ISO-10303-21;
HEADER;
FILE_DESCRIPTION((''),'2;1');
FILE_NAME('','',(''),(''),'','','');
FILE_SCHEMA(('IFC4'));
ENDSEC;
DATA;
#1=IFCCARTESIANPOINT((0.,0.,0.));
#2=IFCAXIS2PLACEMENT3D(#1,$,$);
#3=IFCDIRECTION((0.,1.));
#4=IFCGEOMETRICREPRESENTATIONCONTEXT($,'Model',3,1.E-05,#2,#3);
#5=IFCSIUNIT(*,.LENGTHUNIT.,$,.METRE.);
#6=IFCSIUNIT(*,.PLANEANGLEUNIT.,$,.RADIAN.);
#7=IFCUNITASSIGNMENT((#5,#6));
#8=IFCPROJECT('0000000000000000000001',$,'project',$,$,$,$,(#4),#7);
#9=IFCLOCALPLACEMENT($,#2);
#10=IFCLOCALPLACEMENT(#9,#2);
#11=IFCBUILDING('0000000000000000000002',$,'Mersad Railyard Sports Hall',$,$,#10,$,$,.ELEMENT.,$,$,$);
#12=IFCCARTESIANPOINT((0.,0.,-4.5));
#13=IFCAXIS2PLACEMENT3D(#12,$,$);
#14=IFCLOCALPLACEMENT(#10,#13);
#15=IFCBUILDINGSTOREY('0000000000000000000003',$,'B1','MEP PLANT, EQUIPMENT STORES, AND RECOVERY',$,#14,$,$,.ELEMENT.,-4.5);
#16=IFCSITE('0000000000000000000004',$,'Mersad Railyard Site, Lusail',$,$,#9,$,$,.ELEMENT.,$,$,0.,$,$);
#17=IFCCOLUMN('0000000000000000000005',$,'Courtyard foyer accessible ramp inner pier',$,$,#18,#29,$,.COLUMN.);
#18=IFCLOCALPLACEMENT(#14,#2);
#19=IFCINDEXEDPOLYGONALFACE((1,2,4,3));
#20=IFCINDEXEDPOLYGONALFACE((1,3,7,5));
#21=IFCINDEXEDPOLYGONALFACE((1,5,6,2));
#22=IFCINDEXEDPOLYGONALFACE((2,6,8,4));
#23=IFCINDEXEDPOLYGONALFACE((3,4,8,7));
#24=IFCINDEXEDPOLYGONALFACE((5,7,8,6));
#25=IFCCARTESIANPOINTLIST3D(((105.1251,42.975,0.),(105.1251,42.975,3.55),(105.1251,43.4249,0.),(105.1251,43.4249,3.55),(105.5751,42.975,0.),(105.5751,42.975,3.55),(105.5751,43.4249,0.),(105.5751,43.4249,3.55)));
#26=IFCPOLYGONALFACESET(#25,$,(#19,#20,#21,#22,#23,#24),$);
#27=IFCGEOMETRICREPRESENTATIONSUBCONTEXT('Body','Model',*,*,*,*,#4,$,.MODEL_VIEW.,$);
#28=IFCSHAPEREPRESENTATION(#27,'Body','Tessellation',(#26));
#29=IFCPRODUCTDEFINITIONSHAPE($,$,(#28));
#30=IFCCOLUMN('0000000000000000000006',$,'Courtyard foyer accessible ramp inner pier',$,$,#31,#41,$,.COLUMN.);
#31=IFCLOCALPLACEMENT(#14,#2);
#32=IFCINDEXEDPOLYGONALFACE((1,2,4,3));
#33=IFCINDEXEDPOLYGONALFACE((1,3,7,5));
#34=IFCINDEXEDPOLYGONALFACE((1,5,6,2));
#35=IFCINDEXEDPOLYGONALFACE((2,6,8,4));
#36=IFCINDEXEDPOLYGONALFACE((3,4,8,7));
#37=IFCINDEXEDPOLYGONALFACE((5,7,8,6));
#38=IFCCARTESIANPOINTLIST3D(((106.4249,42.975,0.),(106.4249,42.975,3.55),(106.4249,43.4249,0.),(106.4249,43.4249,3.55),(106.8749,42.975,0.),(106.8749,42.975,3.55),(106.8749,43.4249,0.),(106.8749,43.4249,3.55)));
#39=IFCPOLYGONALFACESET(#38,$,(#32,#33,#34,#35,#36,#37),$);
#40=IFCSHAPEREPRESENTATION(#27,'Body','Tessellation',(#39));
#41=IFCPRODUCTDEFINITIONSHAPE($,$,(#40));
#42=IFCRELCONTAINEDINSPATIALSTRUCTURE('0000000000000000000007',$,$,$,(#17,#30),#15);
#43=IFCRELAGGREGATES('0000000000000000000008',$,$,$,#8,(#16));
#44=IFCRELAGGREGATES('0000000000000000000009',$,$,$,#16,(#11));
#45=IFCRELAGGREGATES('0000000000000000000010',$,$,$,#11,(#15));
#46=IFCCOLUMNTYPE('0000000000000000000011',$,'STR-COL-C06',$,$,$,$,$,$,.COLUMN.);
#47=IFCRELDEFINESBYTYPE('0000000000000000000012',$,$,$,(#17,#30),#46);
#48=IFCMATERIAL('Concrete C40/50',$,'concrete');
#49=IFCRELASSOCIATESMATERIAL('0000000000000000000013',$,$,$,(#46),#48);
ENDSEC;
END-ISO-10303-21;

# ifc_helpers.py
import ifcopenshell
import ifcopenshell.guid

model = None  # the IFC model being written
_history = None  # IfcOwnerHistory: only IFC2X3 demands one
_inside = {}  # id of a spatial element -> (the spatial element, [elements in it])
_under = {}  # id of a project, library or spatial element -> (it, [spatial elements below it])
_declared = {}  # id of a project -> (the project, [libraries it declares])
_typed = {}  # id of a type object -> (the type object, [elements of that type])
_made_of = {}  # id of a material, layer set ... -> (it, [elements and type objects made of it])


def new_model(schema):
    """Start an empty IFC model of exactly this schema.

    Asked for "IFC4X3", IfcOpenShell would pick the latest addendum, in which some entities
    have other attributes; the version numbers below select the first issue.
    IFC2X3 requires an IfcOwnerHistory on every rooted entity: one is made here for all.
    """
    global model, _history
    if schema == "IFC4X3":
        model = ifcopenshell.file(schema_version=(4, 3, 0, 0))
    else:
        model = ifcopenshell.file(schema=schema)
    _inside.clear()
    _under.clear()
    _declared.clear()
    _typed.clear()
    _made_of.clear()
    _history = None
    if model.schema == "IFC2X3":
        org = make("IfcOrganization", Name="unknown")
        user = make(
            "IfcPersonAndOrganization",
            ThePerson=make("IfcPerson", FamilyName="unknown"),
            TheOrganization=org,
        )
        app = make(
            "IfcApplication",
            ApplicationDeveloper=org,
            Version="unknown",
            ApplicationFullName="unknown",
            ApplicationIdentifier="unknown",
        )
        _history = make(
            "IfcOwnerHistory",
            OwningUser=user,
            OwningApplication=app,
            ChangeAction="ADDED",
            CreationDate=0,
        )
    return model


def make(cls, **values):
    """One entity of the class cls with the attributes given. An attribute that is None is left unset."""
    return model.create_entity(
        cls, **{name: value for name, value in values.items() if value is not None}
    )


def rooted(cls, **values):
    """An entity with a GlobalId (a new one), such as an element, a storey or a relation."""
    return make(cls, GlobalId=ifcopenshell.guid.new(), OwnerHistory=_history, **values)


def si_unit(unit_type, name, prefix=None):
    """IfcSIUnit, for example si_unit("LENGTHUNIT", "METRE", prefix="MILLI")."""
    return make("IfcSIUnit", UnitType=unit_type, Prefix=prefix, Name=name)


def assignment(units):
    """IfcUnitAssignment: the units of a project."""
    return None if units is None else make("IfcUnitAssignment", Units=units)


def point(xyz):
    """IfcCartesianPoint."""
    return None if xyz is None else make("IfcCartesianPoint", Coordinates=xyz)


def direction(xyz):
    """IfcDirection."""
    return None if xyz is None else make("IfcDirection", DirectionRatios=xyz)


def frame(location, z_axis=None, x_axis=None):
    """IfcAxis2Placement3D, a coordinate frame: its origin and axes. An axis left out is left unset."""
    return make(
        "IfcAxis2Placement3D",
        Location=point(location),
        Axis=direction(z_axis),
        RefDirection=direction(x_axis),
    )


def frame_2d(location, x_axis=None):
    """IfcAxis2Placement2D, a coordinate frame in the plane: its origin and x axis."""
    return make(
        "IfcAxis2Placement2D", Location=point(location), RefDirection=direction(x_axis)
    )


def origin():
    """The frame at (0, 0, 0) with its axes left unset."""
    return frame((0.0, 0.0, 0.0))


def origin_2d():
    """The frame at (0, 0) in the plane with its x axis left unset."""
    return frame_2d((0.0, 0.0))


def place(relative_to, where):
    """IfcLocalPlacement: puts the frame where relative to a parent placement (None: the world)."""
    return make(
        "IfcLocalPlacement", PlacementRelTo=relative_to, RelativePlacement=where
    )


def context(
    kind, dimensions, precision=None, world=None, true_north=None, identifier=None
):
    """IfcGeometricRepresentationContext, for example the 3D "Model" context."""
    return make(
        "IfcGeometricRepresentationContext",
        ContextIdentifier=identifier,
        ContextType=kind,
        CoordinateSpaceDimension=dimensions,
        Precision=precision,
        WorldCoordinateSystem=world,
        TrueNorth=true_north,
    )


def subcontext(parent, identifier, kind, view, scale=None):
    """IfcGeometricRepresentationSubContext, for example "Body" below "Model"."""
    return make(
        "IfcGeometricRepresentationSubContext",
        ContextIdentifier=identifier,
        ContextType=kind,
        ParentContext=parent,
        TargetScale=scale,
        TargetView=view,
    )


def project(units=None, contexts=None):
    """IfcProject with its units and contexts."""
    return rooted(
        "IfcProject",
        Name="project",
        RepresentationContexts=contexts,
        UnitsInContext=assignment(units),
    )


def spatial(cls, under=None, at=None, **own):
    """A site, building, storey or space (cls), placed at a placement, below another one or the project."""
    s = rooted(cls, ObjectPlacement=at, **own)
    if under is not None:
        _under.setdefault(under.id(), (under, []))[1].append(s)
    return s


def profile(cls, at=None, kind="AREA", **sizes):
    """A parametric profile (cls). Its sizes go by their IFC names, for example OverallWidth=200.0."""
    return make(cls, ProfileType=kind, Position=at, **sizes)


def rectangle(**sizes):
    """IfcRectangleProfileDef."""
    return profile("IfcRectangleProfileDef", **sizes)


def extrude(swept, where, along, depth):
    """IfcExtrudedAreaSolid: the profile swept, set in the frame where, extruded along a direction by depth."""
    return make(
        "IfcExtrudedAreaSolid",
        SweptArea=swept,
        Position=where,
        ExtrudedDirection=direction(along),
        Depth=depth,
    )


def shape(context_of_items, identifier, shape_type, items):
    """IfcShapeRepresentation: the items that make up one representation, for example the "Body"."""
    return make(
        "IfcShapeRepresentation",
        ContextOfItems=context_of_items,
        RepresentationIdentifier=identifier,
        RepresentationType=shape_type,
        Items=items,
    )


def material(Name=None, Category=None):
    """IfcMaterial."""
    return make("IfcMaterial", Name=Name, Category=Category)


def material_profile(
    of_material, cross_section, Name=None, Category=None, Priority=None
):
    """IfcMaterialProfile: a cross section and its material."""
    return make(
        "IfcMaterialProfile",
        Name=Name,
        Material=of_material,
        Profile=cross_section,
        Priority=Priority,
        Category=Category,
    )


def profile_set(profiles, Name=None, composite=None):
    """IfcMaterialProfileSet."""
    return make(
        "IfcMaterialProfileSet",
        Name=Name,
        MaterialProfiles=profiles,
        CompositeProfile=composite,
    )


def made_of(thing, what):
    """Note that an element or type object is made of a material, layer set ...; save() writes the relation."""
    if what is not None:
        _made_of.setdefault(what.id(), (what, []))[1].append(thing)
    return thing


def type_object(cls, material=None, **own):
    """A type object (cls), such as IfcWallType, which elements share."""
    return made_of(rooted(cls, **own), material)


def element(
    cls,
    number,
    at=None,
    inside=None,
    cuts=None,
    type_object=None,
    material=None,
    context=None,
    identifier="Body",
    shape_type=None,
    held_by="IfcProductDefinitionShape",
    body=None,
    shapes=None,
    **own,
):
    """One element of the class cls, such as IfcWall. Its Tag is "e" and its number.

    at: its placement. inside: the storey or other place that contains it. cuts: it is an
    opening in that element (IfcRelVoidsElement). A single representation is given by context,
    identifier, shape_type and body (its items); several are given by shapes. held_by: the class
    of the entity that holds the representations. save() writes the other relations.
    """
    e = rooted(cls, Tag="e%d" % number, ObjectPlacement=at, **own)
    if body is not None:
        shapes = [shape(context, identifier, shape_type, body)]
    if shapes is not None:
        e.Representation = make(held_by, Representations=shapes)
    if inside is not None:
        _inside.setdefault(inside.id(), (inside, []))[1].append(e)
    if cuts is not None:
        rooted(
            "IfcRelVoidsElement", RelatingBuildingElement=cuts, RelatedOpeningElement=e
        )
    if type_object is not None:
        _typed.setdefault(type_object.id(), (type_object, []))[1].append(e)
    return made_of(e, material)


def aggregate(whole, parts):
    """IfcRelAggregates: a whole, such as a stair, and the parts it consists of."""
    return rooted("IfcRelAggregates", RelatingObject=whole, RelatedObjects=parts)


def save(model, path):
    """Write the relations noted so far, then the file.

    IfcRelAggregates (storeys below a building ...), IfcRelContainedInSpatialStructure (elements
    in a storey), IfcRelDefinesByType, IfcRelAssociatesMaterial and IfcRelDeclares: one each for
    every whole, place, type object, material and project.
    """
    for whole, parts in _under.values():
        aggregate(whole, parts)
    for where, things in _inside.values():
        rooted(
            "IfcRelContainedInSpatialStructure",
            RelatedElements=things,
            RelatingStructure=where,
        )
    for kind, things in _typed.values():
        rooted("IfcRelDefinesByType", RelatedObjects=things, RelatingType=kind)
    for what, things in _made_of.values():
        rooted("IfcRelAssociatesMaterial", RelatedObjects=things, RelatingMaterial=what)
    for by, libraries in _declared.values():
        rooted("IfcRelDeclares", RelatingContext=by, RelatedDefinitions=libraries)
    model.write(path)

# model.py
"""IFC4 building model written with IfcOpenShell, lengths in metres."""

from ifc_helpers import new_model, si_unit, direction, frame, origin, origin_2d, place, context, subcontext, project, spatial, rectangle, extrude, material, material_profile, profile_set, type_object, element, save


model = new_model("IFC4")

# Units and contexts
model_context = context("Model", 3, precision=1e-05, world=origin(), true_north=direction((0.0, 1.0)))
body_context = subcontext(model_context, "Body", "Model", "MODEL_VIEW")
ifc_project = project(units=[si_unit("LENGTHUNIT", "METRE"), si_unit("PLANEANGLEUNIT", "RADIAN")], contexts=[model_context])

# Site, building, storey
site_placement = place(None, origin())
site = spatial("IfcSite", under=ifc_project, at=site_placement, Name="Mersad Railyard Site, Lusail", CompositionType="ELEMENT", RefElevation=0.0)
building_placement = place(site_placement, origin())
building = spatial("IfcBuilding", under=site, at=building_placement, Name="Mersad Railyard Sports Hall", CompositionType="ELEMENT")
storey_placement = place(building_placement, frame((0.0, 0.0, -4.5)))
storey = spatial("IfcBuildingStorey", under=building, at=storey_placement, Name="B1", Description="MEP PLANT, EQUIPMENT STORES, AND RECOVERY", CompositionType="ELEMENT", Elevation=-4.5)

# Shared definitions
ifc_material_1 = material(Name="Concrete C40/50", Category="concrete")

# Columns
ifc_material_profile_1 = material_profile(ifc_material_1, rectangle(XDim=0.45, YDim=0.45, at=origin_2d()), Name="RC 450x450")
ifc_profile_set_1 = profile_set([ifc_material_profile_1], Name="Concrete C40/50")
column_type_1 = type_object("IfcColumnType", Name="STR-COL-C06", PredefinedType="COLUMN", material=ifc_profile_set_1)
for number, where, z_axis, x_axis, name in (
    (1, (105.3501, 43.2, 0.0), (0.0, 0.0, 1.0), (1.0, 0.0, 0.0), "Courtyard foyer accessible ramp inner pier"),
    (2, (106.6499, 43.2, 0.0), (0.0, 0.0, 1.0), (1.0, 0.0, 0.0), "Courtyard foyer accessible ramp inner pier"),
):
    element("IfcColumn", number, at=place(storey_placement, frame(where, z_axis=z_axis, x_axis=x_axis)), inside=storey, type_object=column_type_1, Name=name, PredefinedType="COLUMN", context=body_context, shape_type="SweptSolid", body=[
        extrude(rectangle(XDim=0.45, YDim=0.45, at=origin_2d()), origin(), (0.0, 0.0, 1.0), 3.55),
    ])

save(model, "model.ifc")
